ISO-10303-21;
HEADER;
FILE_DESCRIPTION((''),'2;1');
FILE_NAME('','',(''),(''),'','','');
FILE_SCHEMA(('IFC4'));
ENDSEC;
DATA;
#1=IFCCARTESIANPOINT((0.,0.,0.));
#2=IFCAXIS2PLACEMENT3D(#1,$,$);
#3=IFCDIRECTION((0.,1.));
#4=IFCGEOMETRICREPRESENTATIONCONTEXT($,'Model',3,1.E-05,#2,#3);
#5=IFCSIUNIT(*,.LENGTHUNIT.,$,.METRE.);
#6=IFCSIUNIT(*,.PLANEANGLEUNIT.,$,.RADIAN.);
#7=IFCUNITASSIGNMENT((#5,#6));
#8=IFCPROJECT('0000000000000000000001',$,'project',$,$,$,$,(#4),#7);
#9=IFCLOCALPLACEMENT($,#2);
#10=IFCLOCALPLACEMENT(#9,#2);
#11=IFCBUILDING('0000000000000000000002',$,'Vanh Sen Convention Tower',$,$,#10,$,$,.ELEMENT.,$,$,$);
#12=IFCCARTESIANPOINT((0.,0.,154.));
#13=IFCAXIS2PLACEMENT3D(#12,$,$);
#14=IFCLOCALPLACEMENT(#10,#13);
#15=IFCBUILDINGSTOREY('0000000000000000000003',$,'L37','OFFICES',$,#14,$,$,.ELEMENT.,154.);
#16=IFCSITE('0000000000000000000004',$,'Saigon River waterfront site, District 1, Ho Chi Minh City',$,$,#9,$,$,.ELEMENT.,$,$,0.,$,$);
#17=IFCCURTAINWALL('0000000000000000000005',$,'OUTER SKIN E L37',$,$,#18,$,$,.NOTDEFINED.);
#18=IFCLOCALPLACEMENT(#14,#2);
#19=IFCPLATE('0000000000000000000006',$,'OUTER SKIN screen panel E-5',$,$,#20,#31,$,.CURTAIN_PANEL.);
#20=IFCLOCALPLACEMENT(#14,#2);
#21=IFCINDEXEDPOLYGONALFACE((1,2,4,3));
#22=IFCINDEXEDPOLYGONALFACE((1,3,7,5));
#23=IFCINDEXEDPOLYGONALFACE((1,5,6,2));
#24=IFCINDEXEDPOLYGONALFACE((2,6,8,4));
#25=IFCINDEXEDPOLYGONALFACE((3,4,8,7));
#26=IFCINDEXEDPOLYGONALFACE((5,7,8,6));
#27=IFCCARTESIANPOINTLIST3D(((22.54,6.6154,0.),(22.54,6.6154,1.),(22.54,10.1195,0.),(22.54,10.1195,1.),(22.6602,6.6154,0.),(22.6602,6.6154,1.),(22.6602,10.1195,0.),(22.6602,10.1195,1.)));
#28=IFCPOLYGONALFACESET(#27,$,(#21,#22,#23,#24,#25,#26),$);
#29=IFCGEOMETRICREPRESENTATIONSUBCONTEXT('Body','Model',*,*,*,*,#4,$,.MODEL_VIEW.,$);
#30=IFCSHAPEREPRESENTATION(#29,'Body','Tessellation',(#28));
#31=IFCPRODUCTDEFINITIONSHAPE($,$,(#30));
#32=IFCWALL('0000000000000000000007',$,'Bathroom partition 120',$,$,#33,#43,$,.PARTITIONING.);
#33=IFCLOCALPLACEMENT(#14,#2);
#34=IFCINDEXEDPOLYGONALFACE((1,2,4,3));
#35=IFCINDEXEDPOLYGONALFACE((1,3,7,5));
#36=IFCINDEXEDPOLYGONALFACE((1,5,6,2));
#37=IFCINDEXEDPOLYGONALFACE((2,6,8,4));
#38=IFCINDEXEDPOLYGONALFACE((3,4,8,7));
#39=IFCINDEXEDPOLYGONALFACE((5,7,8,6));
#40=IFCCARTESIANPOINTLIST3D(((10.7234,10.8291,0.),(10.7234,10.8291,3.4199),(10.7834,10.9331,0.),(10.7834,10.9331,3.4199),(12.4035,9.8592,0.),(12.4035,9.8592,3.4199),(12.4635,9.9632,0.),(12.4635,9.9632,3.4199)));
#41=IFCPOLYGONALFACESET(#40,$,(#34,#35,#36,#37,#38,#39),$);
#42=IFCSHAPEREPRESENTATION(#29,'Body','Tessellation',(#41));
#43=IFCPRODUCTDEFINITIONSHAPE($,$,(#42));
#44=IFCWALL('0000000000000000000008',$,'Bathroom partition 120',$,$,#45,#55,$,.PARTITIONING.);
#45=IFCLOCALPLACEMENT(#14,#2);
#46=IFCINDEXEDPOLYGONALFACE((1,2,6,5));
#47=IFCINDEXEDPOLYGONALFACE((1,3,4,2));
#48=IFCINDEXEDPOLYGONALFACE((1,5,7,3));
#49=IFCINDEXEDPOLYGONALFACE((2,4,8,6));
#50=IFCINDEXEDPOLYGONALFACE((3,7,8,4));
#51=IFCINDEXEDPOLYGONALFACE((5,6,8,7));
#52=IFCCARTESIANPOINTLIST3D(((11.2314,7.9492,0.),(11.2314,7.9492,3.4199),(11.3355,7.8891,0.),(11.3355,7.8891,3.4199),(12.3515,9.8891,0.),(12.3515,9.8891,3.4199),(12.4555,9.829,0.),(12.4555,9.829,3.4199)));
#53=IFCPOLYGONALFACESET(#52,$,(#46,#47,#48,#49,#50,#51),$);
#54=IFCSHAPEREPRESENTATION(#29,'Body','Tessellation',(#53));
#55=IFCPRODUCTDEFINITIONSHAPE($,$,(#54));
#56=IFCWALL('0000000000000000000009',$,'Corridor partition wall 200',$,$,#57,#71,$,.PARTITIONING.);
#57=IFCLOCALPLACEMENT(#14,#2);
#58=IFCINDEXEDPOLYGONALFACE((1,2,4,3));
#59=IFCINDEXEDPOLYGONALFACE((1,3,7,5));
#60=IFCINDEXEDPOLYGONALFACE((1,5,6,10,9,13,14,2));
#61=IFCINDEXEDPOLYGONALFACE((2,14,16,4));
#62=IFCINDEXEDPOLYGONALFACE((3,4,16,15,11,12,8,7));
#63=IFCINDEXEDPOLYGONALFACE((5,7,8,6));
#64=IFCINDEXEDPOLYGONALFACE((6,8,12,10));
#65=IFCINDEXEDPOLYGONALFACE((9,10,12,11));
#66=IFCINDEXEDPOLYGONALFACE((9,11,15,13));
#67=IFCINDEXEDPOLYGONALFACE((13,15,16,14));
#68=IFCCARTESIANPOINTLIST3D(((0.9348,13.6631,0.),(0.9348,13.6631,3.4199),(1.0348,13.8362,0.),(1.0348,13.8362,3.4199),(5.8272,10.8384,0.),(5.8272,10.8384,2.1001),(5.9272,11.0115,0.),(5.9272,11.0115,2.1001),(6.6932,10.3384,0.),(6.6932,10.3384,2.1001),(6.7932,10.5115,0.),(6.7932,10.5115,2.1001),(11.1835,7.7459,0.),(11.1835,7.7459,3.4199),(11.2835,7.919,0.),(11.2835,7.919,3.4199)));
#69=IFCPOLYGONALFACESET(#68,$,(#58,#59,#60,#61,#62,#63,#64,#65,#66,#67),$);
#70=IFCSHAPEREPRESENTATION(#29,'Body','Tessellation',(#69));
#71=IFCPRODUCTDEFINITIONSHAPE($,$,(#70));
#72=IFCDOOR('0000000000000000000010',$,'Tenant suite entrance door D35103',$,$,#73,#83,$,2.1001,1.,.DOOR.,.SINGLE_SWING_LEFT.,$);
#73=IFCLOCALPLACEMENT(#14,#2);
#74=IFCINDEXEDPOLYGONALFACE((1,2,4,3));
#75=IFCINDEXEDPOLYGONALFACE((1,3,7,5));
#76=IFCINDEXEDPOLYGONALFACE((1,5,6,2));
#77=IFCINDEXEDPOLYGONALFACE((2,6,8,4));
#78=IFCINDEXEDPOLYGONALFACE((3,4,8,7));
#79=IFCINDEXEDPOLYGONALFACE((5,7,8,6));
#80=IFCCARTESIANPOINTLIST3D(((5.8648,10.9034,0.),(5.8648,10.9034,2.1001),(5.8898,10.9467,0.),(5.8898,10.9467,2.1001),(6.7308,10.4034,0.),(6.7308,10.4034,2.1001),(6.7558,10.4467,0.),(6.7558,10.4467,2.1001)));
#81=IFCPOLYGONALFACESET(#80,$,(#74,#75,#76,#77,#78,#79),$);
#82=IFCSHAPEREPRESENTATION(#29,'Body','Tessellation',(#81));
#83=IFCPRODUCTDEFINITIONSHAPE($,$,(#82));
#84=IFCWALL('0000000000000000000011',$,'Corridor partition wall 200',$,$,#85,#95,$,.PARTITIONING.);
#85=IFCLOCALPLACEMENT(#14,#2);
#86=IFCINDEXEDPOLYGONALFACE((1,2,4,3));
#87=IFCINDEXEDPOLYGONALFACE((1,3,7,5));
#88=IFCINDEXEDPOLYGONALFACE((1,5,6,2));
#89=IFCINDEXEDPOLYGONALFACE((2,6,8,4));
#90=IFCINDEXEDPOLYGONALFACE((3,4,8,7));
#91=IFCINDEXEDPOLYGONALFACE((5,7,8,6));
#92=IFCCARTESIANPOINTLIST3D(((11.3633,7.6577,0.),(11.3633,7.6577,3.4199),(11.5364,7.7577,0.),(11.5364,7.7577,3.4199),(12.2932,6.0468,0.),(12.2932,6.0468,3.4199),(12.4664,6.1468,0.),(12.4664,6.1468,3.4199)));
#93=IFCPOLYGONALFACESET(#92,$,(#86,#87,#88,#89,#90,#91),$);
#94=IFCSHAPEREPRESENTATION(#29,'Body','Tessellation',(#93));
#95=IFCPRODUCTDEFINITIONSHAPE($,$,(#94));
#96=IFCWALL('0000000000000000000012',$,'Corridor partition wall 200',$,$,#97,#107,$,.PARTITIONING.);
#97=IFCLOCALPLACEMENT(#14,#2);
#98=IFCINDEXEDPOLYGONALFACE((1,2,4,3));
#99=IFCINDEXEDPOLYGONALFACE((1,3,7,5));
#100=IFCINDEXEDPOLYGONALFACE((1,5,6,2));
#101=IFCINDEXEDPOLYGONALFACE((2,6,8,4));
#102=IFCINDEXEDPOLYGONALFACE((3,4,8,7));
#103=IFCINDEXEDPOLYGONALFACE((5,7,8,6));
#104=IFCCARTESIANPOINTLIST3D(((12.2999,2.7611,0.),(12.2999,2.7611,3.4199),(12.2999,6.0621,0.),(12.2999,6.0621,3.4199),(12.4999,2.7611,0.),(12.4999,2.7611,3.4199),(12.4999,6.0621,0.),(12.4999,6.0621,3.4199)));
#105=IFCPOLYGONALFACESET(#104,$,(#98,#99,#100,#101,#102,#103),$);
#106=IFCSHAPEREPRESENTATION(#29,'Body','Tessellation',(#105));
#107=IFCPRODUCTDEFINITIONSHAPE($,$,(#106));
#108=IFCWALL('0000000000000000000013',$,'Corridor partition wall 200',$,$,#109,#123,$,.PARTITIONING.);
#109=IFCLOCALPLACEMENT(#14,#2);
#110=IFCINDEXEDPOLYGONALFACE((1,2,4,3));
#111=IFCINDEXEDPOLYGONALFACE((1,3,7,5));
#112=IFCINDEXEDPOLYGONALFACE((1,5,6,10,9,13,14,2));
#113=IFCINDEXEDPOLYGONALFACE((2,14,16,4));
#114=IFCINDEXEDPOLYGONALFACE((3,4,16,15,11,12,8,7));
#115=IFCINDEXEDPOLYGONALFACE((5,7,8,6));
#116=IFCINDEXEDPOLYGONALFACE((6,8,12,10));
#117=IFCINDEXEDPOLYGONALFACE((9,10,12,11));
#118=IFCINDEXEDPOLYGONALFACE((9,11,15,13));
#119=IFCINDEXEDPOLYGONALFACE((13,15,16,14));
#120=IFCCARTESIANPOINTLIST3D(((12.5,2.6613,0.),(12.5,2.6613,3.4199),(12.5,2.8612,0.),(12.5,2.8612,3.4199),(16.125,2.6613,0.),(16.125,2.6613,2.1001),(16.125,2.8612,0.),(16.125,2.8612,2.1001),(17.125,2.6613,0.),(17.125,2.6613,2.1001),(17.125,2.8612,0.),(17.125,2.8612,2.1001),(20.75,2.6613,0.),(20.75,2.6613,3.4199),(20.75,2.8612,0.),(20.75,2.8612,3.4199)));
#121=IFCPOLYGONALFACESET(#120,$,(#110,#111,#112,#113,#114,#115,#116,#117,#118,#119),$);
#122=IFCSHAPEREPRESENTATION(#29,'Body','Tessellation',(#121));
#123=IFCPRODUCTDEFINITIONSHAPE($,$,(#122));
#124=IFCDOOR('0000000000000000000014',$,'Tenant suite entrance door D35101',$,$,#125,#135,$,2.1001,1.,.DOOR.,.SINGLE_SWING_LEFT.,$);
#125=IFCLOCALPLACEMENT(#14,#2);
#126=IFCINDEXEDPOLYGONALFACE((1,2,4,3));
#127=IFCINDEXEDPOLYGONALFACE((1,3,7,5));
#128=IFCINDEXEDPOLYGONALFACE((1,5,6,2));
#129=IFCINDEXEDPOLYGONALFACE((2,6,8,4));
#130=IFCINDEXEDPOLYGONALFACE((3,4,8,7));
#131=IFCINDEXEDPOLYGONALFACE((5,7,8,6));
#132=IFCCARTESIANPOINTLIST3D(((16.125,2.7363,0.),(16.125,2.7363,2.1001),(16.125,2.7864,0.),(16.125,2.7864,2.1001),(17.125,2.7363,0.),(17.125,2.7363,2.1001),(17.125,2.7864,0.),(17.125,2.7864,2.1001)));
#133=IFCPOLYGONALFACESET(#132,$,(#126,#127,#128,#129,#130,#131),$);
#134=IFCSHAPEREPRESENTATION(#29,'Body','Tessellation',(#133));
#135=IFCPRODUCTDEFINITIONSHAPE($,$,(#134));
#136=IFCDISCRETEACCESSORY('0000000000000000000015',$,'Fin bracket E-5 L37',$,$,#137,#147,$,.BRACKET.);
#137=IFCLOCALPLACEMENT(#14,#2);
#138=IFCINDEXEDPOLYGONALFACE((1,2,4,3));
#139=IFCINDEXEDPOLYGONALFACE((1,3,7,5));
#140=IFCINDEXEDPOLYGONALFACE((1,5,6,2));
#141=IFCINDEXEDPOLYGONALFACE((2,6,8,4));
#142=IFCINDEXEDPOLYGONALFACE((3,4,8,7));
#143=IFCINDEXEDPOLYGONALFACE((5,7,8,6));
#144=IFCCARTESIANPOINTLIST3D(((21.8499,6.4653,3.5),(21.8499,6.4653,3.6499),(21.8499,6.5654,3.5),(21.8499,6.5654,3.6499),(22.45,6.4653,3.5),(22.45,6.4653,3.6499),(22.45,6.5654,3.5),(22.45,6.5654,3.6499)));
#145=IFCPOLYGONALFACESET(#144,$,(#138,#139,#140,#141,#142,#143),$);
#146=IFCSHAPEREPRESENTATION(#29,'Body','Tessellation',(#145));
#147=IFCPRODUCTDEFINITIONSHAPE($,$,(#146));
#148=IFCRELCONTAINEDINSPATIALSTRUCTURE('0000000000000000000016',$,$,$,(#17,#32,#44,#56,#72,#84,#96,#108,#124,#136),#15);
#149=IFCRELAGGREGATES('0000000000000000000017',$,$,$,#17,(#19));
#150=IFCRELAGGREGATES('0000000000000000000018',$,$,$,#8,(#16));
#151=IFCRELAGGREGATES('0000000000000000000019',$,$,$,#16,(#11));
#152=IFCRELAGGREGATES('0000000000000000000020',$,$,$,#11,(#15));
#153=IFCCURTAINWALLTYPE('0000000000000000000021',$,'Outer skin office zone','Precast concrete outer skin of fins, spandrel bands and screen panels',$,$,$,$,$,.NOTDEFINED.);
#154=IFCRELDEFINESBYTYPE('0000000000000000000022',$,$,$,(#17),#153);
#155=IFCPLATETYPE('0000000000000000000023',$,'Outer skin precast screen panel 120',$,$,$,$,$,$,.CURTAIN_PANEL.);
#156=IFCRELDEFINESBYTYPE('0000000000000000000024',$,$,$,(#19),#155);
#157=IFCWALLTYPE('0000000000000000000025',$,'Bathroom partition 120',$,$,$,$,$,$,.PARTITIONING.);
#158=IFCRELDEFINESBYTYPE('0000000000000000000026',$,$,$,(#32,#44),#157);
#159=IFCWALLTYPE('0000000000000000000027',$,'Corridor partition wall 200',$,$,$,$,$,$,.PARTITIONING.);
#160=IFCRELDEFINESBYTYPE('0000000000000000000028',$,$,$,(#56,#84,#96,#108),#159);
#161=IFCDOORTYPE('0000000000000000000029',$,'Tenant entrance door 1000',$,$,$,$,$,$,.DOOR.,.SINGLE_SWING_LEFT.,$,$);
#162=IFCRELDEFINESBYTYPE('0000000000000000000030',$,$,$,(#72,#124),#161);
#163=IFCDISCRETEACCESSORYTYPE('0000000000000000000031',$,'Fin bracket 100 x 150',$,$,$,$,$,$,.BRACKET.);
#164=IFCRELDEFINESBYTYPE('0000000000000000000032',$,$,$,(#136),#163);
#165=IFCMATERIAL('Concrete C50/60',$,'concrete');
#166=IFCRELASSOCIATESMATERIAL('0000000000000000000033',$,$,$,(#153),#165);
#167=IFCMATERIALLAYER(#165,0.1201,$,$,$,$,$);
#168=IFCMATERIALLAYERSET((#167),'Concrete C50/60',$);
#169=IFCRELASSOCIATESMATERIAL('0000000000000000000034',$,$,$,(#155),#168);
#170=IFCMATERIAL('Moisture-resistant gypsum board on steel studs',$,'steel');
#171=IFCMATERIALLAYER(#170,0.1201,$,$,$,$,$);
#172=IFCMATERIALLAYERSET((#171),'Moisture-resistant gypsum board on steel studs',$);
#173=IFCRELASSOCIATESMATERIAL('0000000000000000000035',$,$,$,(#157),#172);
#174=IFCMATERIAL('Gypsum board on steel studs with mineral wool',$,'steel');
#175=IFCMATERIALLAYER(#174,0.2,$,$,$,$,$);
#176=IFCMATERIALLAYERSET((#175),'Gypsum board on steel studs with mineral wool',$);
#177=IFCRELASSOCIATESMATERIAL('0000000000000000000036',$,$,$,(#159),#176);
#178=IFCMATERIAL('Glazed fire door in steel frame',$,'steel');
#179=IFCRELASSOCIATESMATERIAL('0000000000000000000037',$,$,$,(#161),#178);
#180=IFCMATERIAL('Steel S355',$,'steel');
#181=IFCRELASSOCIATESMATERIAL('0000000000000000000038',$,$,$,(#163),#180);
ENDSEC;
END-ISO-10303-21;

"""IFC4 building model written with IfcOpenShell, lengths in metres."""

from ifc_helpers import new_model, si_unit, direction, frame, frame_2d, origin, origin_2d, place, context, subcontext, project, spatial, rectangle, extrude, material, layer, layer_set, type_object, element, fill, aggregate, save


model = new_model("IFC4")

# Units and contexts
model_context = context("Model", 3, precision=1e-05, world=origin(), true_north=direction((0.0, 1.0)))
body_context = subcontext(model_context, "Body", "Model", "MODEL_VIEW")
ifc_project = project(units=[si_unit("LENGTHUNIT", "METRE"), si_unit("PLANEANGLEUNIT", "RADIAN")], contexts=[model_context])

# Site, building, storey
site_placement = place(None, origin())
site = spatial("IfcSite", under=ifc_project, at=site_placement, Name="Saigon River waterfront site, District 1, Ho Chi Minh City", CompositionType="ELEMENT", RefElevation=0.0)
building_placement = place(site_placement, origin())
building = spatial("IfcBuilding", under=site, at=building_placement, Name="Vanh Sen Convention Tower", CompositionType="ELEMENT")
storey_placement = place(building_placement, frame((0.0, 0.0, 154.0)))
storey = spatial("IfcBuildingStorey", under=building, at=storey_placement, Name="L37", Description="OFFICES", CompositionType="ELEMENT", Elevation=154.0)

# Curtain wall
ifc_material_1 = material(Name="Concrete C50/60", Category="concrete")
curtain_wall_type = type_object("IfcCurtainWallType", Name="Outer skin office zone", Description="Precast concrete outer skin of fins, spandrel bands and screen panels", PredefinedType="NOTDEFINED", material=ifc_material_1)
curtain_wall_1_placement = place(storey_placement, origin())
curtain_wall_1 = element("IfcCurtainWall", 1, at=curtain_wall_1_placement, inside=storey, type_object=curtain_wall_type, Name="OUTER SKIN E L37", PredefinedType="NOTDEFINED")

# Plate
ifc_layer_1 = layer(ifc_material_1, 0.1201)
ifc_layer_set_1 = layer_set([ifc_layer_1], Name="Concrete C50/60")
plate_type = type_object("IfcPlateType", Name="Outer skin precast screen panel 120", PredefinedType="CURTAIN_PANEL", material=ifc_layer_set_1)
plate_1_placement = place(storey_placement, frame((22.6001, 8.3674, 0.0), z_axis=(0.0, 0.0, 1.0), x_axis=(0.0, 1.0, 0.0)))
plate_1 = element("IfcPlate", 2, at=plate_1_placement, type_object=plate_type, Name="OUTER SKIN screen panel E-5", PredefinedType="CURTAIN_PANEL", context=body_context, shape_type="SweptSolid", body=[
    extrude(rectangle(XDim=3.5042, YDim=0.1201, at=origin_2d()), origin(), (0.0, 0.0, 1.0), 1.0),
])
aggregate(curtain_wall_1, [plate_1])

# Walls
ifc_material_2 = material(Name="Moisture-resistant gypsum board on steel studs", Category="steel")
ifc_layer_2 = layer(ifc_material_2, 0.1201)
ifc_layer_set_2 = layer_set([ifc_layer_2], Name="Moisture-resistant gypsum board on steel studs")
wall_type_1 = type_object("IfcWallType", Name="Bathroom partition 120", PredefinedType="PARTITIONING", material=ifc_layer_set_2)
wall_1_placement = place(storey_placement, frame((10.7534, 10.8811, 0.0), z_axis=(0.0, 0.0, 1.0), x_axis=(0.866043, -0.499969, 0.0)))
element("IfcWall", 3, at=wall_1_placement, inside=storey, type_object=wall_type_1, Name="Bathroom partition 120", PredefinedType="PARTITIONING", context=body_context, shape_type="SweptSolid", body=[
    extrude(rectangle(XDim=1.9399, YDim=0.1201, at=frame_2d((0.97, 0.0))), origin(), (0.0, 0.0, 1.0), 3.4199),
])
wall_2_placement = place(storey_placement, frame((12.4036, 9.8591, 0.0), z_axis=(0.0, 0.0, 1.0), x_axis=(-0.500031, -0.866008, 0.0)))
element("IfcWall", 4, at=wall_2_placement, inside=storey, type_object=wall_type_1, Name="Bathroom partition 120", PredefinedType="PARTITIONING", context=body_context, shape_type="SweptSolid", body=[
    extrude(rectangle(XDim=2.24, YDim=0.1201, at=frame_2d((1.1201, 0.0))), origin(), (0.0, 0.0, 1.0), 3.4199),
])

# Wall, opening, door
ifc_material_3 = material(Name="Gypsum board on steel studs with mineral wool", Category="steel")
ifc_layer_3 = layer(ifc_material_3, 0.2)
ifc_layer_set_3 = layer_set([ifc_layer_3], Name="Gypsum board on steel studs with mineral wool")
wall_type_2 = type_object("IfcWallType", Name="Corridor partition wall 200", PredefinedType="PARTITIONING", material=ifc_layer_set_3)
wall_3_placement = place(storey_placement, frame((11.2334, 7.8325, 0.0), z_axis=(0.0, 0.0, 1.0), x_axis=(-0.866022, 0.500006, 0.0)))
wall_3 = element("IfcWall", 5, at=wall_3_placement, inside=storey, type_object=wall_type_2, Name="Corridor partition wall 200", PredefinedType="PARTITIONING", context=body_context, shape_type="SweptSolid", body=[
    extrude(rectangle(XDim=11.8342, YDim=0.2, at=frame_2d((5.917, 0.0))), origin(), (0.0, 0.0, 1.0), 3.4199),
])
opening_1_placement = place(wall_3_placement, frame((5.1848, 0.0, 0.0)))
opening_1 = element("IfcOpeningElement", 6, at=opening_1_placement, cuts=wall_3, PredefinedType="OPENING", context=body_context, shape_type="SweptSolid", body=[
    extrude(rectangle(XDim=1.0, YDim=2.1001, at=frame_2d((0.5, 1.05))), frame((0.0, 0.1099, 0.0), z_axis=(0.0, -1.0, 0.0), x_axis=(1.0, 0.0, 0.0)), (0.0, 0.0, 1.0), 0.22),
])
ifc_material_4 = material(Name="Glazed fire door in steel frame", Category="steel")
door_type = type_object("IfcDoorType", Name="Tenant entrance door 1000", OperationType="SINGLE_SWING_LEFT", PredefinedType="DOOR", material=ifc_material_4)
door_1_placement = place(opening_1_placement, origin())
door_1 = element("IfcDoor", 7, at=door_1_placement, inside=storey, type_object=door_type, Name="Tenant suite entrance door D35103", OperationType="SINGLE_SWING_LEFT", OverallHeight=2.1001, OverallWidth=1.0, PredefinedType="DOOR", context=body_context, shape_type="SweptSolid", body=[
    extrude(rectangle(XDim=1.0, YDim=2.1001, at=frame_2d((0.5, 1.05))), frame((0.0, 0.0249, 0.0), z_axis=(0.0, -1.0, 0.0), x_axis=(1.0, 0.0, 0.0)), (0.0, 0.0, 1.0), 0.05),
])
fill(opening_1, door_1)

# Walls
wall_4_placement = place(storey_placement, frame((12.3799, 6.0967, 0.0), z_axis=(0.0, 0.0, 1.0), x_axis=(-0.499965, 0.866046, 0.0)))
element("IfcWall", 8, at=wall_4_placement, inside=storey, type_object=wall_type_2, Name="Corridor partition wall 200", PredefinedType="PARTITIONING", context=body_context, shape_type="SweptSolid", body=[
    extrude(rectangle(XDim=1.8601, YDim=0.2, at=frame_2d((0.9302, 0.0))), origin(), (0.0, 0.0, 1.0), 3.4199),
])
wall_5_placement = place(storey_placement, frame((12.3999, 2.7612, 0.0), z_axis=(0.0, 0.0, 1.0), x_axis=(0.0, 1.0, 0.0)))
element("IfcWall", 9, at=wall_5_placement, inside=storey, type_object=wall_type_2, Name="Corridor partition wall 200", PredefinedType="PARTITIONING", context=body_context, shape_type="SweptSolid", body=[
    extrude(rectangle(XDim=3.301, YDim=0.2, at=frame_2d((1.6504, 0.0))), origin(), (0.0, 0.0, 1.0), 3.4199),
])

# Wall, opening, door
wall_6_placement = place(storey_placement, frame((20.75, 2.7612, 0.0), z_axis=(0.0, 0.0, 1.0), x_axis=(-1.0, 0.0, 0.0)))
wall_6 = element("IfcWall", 10, at=wall_6_placement, inside=storey, type_object=wall_type_2, Name="Corridor partition wall 200", PredefinedType="PARTITIONING", context=body_context, shape_type="SweptSolid", body=[
    extrude(rectangle(XDim=8.25, YDim=0.2, at=frame_2d((4.125, 0.0))), origin(), (0.0, 0.0, 1.0), 3.4199),
])
opening_2_placement = place(wall_6_placement, frame((3.625, 0.0, 0.0)))
opening_2 = element("IfcOpeningElement", 11, at=opening_2_placement, cuts=wall_6, PredefinedType="OPENING", context=body_context, shape_type="SweptSolid", body=[
    extrude(rectangle(XDim=1.0, YDim=2.1001, at=frame_2d((0.5, 1.05))), frame((0.0, 0.1099, 0.0), z_axis=(0.0, -1.0, 0.0), x_axis=(1.0, 0.0, 0.0)), (0.0, 0.0, 1.0), 0.22),
])
door_2_placement = place(opening_2_placement, origin())
door_2 = element("IfcDoor", 12, at=door_2_placement, inside=storey, type_object=door_type, Name="Tenant suite entrance door D35101", OperationType="SINGLE_SWING_LEFT", OverallHeight=2.1001, OverallWidth=1.0, PredefinedType="DOOR", context=body_context, shape_type="SweptSolid", body=[
    extrude(rectangle(XDim=1.0, YDim=2.1001, at=frame_2d((0.5, 1.05))), frame((0.0, 0.0249, 0.0), z_axis=(0.0, -1.0, 0.0), x_axis=(1.0, 0.0, 0.0)), (0.0, 0.0, 1.0), 0.05),
])
fill(opening_2, door_2)

# Discrete accessory
ifc_material_5 = material(Name="Steel S355", Category="steel")
discrete_accessory_type = type_object("IfcDiscreteAccessoryType", Name="Fin bracket 100 x 150", PredefinedType="BRACKET", material=ifc_material_5)
discrete_accessory_placement = place(storey_placement, frame((22.1499, 6.5154, 3.5), z_axis=(0.0, 0.0, 1.0), x_axis=(1.0, 0.0, 0.0)))
element("IfcDiscreteAccessory", 13, at=discrete_accessory_placement, inside=storey, type_object=discrete_accessory_type, Name="Fin bracket E-5 L37", PredefinedType="BRACKET", context=body_context, shape_type="SweptSolid", body=[
    extrude(rectangle(XDim=0.6001, YDim=0.1001, at=origin_2d()), origin(), (0.0, 0.0, 1.0), 0.1499),
])

save(model, "model.ifc")
